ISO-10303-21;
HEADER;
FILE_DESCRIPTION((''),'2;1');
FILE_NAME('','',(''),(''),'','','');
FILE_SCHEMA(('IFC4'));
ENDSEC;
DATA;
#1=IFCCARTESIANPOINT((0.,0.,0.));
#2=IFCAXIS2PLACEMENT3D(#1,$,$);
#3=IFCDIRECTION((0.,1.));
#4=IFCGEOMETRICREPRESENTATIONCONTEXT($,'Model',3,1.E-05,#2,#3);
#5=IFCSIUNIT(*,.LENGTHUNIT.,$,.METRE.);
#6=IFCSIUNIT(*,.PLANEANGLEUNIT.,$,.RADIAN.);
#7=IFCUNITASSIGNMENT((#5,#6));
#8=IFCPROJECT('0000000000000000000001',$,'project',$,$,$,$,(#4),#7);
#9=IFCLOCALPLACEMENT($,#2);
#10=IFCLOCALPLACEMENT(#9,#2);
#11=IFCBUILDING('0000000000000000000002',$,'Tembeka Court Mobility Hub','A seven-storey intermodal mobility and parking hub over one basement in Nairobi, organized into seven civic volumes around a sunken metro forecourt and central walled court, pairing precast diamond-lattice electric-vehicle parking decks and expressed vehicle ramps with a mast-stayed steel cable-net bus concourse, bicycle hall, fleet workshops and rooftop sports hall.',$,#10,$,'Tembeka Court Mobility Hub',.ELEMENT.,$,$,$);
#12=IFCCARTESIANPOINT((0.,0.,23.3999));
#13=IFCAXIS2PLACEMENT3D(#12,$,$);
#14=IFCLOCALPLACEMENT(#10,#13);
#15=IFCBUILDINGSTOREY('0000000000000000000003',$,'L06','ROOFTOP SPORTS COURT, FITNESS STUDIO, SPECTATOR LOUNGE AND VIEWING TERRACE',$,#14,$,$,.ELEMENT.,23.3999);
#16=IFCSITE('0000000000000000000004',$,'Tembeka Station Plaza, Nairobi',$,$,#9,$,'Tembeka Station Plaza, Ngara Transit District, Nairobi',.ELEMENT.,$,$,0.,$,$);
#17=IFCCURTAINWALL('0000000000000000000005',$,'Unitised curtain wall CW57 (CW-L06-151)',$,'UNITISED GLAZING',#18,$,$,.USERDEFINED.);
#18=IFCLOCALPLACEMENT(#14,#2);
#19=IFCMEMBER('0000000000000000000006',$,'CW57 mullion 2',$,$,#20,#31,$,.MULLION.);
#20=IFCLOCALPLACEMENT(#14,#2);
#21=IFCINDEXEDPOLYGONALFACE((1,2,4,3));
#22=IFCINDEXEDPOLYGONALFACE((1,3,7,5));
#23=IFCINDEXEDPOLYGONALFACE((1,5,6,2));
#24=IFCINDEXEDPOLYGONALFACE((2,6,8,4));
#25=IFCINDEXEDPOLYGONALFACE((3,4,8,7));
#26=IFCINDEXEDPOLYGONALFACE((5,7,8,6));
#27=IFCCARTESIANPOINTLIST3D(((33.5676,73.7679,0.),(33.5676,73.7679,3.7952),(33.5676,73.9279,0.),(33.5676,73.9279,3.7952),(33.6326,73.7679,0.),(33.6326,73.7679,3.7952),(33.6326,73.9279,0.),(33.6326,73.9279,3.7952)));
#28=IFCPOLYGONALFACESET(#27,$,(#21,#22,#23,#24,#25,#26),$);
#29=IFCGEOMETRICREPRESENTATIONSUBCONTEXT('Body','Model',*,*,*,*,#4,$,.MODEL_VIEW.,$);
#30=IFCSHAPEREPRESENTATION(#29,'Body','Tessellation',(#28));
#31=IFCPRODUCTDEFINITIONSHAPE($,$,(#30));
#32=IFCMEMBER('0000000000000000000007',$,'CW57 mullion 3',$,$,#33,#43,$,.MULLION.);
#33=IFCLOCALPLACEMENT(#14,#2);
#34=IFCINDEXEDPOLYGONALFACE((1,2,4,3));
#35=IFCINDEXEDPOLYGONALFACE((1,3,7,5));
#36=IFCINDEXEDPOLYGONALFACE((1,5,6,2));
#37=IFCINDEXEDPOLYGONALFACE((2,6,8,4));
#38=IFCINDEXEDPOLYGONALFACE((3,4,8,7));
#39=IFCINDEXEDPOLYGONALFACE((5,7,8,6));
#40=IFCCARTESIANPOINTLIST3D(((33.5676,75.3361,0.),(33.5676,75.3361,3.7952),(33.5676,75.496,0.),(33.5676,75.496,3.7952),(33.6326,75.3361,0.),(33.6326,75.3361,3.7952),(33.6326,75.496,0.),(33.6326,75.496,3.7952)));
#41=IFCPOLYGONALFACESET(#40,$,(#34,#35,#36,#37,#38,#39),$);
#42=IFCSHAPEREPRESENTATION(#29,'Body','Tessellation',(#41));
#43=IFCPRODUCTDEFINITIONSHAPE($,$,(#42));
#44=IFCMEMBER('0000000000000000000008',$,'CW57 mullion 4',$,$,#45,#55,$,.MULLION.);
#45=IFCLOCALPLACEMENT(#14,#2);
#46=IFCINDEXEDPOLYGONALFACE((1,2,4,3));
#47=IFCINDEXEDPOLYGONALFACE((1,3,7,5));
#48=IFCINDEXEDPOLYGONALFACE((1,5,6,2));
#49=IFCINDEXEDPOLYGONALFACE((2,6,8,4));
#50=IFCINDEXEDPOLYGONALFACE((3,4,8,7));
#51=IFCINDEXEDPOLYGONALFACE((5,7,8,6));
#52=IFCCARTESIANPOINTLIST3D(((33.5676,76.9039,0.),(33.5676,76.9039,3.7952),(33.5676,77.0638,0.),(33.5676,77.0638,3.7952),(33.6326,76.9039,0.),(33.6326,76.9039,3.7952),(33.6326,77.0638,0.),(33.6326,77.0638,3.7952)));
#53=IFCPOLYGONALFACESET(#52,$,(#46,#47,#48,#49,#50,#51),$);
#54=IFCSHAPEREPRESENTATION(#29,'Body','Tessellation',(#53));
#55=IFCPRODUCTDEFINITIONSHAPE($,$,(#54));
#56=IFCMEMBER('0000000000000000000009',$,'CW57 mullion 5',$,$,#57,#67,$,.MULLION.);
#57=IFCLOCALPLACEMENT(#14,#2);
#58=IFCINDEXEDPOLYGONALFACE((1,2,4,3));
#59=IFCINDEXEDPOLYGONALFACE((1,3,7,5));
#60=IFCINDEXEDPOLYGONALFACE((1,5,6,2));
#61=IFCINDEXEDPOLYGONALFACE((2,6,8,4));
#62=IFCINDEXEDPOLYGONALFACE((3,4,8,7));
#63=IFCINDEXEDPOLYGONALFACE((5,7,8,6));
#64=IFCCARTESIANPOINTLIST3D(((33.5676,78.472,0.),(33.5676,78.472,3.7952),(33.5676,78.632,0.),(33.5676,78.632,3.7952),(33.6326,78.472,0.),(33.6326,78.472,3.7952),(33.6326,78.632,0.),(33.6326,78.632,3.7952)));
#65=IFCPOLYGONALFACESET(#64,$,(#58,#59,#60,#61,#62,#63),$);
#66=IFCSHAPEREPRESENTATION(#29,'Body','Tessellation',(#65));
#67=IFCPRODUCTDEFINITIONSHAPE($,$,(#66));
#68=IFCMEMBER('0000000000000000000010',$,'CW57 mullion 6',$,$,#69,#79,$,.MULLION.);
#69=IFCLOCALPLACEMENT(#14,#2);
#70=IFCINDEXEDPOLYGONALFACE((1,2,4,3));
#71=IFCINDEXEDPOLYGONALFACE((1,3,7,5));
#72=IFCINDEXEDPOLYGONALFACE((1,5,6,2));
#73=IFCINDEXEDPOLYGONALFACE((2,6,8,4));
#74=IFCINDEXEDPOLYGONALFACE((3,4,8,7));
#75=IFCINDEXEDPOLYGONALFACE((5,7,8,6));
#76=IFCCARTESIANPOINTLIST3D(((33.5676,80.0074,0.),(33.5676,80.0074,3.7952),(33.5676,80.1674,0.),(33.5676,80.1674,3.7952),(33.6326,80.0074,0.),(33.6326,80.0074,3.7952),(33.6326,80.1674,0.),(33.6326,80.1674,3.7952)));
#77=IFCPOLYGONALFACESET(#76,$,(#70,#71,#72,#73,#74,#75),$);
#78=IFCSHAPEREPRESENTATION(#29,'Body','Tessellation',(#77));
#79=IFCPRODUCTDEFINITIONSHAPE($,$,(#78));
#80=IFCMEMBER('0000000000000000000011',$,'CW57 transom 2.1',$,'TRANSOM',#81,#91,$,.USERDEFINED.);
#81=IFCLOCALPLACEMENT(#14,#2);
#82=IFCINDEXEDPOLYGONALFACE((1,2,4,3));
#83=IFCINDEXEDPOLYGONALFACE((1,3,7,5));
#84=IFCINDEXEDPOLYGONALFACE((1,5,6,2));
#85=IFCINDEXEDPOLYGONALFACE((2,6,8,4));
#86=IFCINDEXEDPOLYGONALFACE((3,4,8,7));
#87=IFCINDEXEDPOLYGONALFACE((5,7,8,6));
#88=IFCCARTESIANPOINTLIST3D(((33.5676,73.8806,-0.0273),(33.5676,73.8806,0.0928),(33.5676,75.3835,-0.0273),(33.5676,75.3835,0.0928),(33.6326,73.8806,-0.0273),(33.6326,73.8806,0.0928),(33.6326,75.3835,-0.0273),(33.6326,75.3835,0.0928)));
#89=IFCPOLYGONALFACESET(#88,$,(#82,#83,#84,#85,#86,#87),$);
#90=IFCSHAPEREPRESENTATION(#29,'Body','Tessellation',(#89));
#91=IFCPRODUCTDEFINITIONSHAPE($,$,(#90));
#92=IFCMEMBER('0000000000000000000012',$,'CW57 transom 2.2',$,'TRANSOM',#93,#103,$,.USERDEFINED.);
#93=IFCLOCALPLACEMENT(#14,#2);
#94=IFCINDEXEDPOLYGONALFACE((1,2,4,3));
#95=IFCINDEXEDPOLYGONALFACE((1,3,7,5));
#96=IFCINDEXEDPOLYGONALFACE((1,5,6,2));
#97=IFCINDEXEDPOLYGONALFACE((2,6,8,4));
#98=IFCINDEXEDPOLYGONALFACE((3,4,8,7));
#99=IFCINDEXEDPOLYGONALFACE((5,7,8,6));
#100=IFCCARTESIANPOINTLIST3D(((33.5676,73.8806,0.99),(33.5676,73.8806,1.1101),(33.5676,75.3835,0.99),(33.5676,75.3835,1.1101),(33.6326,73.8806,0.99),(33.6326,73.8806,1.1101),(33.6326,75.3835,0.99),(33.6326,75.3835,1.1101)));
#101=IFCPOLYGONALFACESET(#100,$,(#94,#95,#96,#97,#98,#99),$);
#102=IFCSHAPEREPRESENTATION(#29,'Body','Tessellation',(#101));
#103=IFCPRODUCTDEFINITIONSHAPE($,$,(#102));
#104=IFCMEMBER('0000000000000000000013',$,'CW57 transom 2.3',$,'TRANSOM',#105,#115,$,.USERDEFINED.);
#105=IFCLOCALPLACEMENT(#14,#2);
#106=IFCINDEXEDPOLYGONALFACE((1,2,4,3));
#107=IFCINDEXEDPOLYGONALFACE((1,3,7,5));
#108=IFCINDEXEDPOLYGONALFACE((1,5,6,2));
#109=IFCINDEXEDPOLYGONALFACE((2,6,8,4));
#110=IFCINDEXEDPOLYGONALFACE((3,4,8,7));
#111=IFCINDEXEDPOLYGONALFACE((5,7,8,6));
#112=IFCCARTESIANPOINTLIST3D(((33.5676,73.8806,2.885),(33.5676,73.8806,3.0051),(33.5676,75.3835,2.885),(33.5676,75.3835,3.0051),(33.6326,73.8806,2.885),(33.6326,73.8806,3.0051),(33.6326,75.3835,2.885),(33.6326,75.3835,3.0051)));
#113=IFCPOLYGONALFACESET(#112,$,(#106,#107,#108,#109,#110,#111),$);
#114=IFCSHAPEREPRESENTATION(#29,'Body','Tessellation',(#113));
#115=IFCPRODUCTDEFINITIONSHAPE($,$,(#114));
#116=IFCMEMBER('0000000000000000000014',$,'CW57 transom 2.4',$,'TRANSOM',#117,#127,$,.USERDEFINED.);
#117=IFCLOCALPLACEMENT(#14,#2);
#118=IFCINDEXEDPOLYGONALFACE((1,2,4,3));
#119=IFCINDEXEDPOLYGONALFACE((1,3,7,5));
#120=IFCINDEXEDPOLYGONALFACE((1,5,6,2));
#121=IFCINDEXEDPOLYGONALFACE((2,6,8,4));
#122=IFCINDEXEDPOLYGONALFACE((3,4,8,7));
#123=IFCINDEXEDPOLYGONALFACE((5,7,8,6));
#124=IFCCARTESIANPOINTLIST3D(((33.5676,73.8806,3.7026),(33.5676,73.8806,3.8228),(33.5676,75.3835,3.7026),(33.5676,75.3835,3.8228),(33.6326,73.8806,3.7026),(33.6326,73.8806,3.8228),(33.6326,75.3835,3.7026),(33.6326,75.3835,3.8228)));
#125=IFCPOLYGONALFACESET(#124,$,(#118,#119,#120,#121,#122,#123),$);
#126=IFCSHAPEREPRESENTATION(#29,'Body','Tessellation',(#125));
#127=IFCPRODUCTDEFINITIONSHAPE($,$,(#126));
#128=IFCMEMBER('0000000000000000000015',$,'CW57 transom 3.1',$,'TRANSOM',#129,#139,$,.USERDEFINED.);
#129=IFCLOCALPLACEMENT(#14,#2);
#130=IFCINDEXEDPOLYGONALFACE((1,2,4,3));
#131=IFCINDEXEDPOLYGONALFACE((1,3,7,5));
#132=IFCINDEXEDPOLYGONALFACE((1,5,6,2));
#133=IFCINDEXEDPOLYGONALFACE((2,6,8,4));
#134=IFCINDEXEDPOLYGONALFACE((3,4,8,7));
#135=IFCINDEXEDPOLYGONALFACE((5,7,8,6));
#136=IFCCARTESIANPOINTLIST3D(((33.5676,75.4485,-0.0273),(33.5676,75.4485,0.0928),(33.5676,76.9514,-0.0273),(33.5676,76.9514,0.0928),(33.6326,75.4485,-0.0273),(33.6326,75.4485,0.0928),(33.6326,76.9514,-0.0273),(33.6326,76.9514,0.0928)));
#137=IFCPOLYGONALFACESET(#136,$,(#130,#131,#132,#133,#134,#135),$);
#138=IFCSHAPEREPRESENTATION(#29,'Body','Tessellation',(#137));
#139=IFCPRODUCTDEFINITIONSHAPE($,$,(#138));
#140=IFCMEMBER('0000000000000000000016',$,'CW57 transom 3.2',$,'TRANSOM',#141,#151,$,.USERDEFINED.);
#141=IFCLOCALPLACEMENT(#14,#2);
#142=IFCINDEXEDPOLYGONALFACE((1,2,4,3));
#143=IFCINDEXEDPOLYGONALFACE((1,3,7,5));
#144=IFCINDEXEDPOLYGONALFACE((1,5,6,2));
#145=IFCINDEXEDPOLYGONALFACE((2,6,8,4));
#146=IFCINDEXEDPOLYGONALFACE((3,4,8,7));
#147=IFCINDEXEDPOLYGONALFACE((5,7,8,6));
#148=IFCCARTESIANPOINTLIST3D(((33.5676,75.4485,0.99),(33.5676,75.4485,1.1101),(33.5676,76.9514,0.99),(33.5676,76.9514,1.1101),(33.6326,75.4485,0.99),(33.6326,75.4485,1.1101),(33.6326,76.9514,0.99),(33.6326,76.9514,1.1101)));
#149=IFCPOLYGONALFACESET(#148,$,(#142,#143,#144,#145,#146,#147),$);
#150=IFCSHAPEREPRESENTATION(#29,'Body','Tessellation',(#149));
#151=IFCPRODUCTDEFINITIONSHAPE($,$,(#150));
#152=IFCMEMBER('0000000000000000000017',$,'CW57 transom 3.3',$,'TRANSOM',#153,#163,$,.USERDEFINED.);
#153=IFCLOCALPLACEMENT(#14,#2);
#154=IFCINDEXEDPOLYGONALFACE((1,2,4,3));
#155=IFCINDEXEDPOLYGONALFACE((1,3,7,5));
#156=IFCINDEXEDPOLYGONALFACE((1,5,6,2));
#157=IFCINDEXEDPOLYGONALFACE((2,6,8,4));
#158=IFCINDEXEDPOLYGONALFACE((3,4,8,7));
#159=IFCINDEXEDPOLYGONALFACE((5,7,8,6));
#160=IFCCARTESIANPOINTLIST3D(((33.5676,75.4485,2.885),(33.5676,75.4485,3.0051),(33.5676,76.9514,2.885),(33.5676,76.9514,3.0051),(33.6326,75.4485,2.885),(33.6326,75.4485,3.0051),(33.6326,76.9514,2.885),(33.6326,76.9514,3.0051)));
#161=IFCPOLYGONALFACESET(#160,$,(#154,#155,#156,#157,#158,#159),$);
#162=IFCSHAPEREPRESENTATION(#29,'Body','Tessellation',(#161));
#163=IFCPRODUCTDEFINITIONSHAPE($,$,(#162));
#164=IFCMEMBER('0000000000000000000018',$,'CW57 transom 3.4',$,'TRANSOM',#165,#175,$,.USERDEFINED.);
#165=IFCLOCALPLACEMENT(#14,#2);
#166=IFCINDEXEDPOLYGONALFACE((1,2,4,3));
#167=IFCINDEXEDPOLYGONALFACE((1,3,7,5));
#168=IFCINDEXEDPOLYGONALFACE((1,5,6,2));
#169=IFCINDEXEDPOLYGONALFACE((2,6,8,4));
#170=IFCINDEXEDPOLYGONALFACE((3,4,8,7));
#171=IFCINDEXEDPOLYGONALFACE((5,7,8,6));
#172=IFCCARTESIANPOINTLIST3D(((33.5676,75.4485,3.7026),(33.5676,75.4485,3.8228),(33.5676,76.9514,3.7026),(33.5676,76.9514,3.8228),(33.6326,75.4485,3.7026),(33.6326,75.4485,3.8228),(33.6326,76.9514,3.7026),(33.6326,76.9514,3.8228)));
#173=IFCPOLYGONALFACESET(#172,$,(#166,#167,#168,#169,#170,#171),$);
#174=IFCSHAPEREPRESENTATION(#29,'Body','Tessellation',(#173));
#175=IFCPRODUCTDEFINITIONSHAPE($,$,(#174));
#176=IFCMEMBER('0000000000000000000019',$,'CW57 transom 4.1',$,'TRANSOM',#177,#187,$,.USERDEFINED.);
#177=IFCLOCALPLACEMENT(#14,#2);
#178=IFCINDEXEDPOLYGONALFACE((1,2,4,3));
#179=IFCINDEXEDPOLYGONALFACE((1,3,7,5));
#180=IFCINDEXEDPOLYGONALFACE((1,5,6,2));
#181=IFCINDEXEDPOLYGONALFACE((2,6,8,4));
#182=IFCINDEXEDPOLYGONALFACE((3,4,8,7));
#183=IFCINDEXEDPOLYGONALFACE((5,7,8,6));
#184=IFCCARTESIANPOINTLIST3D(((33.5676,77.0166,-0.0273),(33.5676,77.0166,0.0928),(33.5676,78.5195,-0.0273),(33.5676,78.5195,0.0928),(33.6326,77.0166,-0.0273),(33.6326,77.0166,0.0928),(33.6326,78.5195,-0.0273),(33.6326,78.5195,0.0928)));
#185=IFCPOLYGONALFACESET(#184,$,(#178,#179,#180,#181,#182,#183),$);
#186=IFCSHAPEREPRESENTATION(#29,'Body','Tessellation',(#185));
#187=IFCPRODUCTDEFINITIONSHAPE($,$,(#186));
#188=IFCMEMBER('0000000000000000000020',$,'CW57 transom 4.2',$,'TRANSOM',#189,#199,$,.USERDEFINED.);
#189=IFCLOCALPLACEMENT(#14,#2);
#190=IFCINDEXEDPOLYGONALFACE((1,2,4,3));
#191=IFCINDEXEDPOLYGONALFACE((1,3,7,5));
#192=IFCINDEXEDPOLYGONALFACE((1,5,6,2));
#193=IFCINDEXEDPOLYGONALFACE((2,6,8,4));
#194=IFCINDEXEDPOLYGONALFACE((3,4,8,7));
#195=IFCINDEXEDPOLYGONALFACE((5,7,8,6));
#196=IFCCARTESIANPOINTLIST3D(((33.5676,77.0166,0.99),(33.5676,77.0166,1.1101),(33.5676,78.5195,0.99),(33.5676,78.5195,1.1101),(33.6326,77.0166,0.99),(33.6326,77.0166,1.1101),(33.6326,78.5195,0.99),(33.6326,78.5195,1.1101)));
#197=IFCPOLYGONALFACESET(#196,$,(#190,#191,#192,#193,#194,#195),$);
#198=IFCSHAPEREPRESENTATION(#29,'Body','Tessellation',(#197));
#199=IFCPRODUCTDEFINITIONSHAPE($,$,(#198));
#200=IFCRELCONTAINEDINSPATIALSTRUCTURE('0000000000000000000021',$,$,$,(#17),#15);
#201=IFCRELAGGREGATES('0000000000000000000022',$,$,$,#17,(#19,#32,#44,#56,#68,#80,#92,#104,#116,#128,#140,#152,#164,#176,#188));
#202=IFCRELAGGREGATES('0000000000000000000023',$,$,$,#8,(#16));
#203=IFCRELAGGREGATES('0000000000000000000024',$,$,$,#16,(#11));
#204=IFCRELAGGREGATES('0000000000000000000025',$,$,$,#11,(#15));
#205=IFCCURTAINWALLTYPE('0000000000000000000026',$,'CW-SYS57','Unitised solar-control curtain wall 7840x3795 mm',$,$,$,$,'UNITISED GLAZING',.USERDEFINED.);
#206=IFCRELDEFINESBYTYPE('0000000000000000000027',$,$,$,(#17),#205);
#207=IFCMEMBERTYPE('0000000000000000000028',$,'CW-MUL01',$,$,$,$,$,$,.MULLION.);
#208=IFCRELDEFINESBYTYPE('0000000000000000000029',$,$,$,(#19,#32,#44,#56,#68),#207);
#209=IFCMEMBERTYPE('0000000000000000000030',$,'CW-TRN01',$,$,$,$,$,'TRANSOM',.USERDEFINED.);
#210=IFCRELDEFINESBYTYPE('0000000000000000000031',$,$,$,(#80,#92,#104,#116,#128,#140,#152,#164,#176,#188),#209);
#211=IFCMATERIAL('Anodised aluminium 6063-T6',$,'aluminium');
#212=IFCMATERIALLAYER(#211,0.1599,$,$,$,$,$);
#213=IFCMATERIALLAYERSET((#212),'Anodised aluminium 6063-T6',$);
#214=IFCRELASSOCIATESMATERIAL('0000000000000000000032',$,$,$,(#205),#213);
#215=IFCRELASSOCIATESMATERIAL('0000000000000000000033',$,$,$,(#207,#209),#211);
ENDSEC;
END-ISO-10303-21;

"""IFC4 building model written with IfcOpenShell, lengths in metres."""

from ifc_helpers import new_model, si_unit, direction, frame, origin, origin_2d, place, context, subcontext, project, spatial, rectangle, extrude, material, layer, layer_set, material_profile, profile_set, type_object, element, aggregate, save


model = new_model("IFC4")

# Units and contexts
model_context = context("Model", 3, precision=1e-05, world=origin(), true_north=direction((0.0, 1.0)))
body_context = subcontext(model_context, "Body", "Model", "MODEL_VIEW")
ifc_project = project(units=[si_unit("LENGTHUNIT", "METRE"), si_unit("PLANEANGLEUNIT", "RADIAN")], contexts=[model_context])

# Site, building, storey
site_placement = place(None, origin())
site = spatial("IfcSite", under=ifc_project, at=site_placement, Name="Tembeka Station Plaza, Nairobi", LongName="Tembeka Station Plaza, Ngara Transit District, Nairobi", CompositionType="ELEMENT", RefElevation=0.0)
building_placement = place(site_placement, origin())
building = spatial("IfcBuilding", under=site, at=building_placement, Name="Tembeka Court Mobility Hub", Description="A seven-storey intermodal mobility and parking hub over one basement in Nairobi, organized into seven civic volumes around a sunken metro forecourt and central walled court, pairing precast diamond-lattice electric-vehicle parking decks and expressed vehicle ramps with a mast-stayed steel cable-net bus concourse, bicycle hall, fleet workshops and rooftop sports hall.", LongName="Tembeka Court Mobility Hub", CompositionType="ELEMENT")
storey_placement = place(building_placement, frame((0.0, 0.0, 23.3999)))
storey = spatial("IfcBuildingStorey", under=building, at=storey_placement, Name="L06", Description="ROOFTOP SPORTS COURT, FITNESS STUDIO, SPECTATOR LOUNGE AND VIEWING TERRACE", CompositionType="ELEMENT", Elevation=23.3999)

# Curtain wall, members
ifc_material_1 = material(Name="Anodised aluminium 6063-T6", Category="aluminium")
ifc_layer_1 = layer(ifc_material_1, 0.1599)
ifc_layer_set_1 = layer_set([ifc_layer_1], Name="Anodised aluminium 6063-T6")
curtain_wall_type = type_object("IfcCurtainWallType", Name="CW-SYS57", Description="Unitised solar-control curtain wall 7840x3795 mm", ElementType="UNITISED GLAZING", PredefinedType="USERDEFINED", material=ifc_layer_set_1)
curtain_wall_placement = place(storey_placement, origin())
curtain_wall = element("IfcCurtainWall", 1, at=curtain_wall_placement, inside=storey, type_object=curtain_wall_type, Name="Unitised curtain wall CW57 (CW-L06-151)", ObjectType="UNITISED GLAZING", PredefinedType="USERDEFINED")
ifc_material_profile_1 = material_profile(ifc_material_1, rectangle(XDim=0.0649, YDim=0.1599, at=origin_2d()), Name="ALU-MUL 65x160")
ifc_profile_set_1 = profile_set([ifc_material_profile_1], Name="Anodised aluminium 6063-T6")
member_type_1 = type_object("IfcMemberType", Name="CW-MUL01", PredefinedType="MULLION", material=ifc_profile_set_1)
member_1_placement = place(storey_placement, frame((33.6001, 73.8479, 0.0), z_axis=(0.0, 0.0, 1.0), x_axis=(-1.0, 0.0, 0.0)))
member_1 = element("IfcMember", 2, at=member_1_placement, type_object=member_type_1, Name="CW57 mullion 2", PredefinedType="MULLION", context=body_context, shape_type="SweptSolid", body=[
    extrude(rectangle(XDim=0.0649, YDim=0.1599, at=origin_2d()), origin(), (0.0, 0.0, 1.0), 3.7952),
])
member_2_placement = place(storey_placement, frame((33.6001, 75.416, 0.0), z_axis=(0.0, 0.0, 1.0), x_axis=(-1.0, 0.0, 0.0)))
member_2 = element("IfcMember", 3, at=member_2_placement, type_object=member_type_1, Name="CW57 mullion 3", PredefinedType="MULLION", context=body_context, shape_type="SweptSolid", body=[
    extrude(rectangle(XDim=0.0649, YDim=0.1599, at=origin_2d()), origin(), (0.0, 0.0, 1.0), 3.7952),
])
member_3_placement = place(storey_placement, frame((33.6001, 76.9839, 0.0), z_axis=(0.0, 0.0, 1.0), x_axis=(-1.0, 0.0, 0.0)))
member_3 = element("IfcMember", 4, at=member_3_placement, type_object=member_type_1, Name="CW57 mullion 4", PredefinedType="MULLION", context=body_context, shape_type="SweptSolid", body=[
    extrude(rectangle(XDim=0.0649, YDim=0.1599, at=origin_2d()), origin(), (0.0, 0.0, 1.0), 3.7952),
])
member_4_placement = place(storey_placement, frame((33.6001, 78.552, 0.0), z_axis=(0.0, 0.0, 1.0), x_axis=(-1.0, 0.0, 0.0)))
member_4 = element("IfcMember", 5, at=member_4_placement, type_object=member_type_1, Name="CW57 mullion 5", PredefinedType="MULLION", context=body_context, shape_type="SweptSolid", body=[
    extrude(rectangle(XDim=0.0649, YDim=0.1599, at=origin_2d()), origin(), (0.0, 0.0, 1.0), 3.7952),
])
member_5_placement = place(storey_placement, frame((33.6001, 80.0874, 0.0), z_axis=(0.0, 0.0, 1.0), x_axis=(-1.0, 0.0, 0.0)))
member_5 = element("IfcMember", 6, at=member_5_placement, type_object=member_type_1, Name="CW57 mullion 6", PredefinedType="MULLION", context=body_context, shape_type="SweptSolid", body=[
    extrude(rectangle(XDim=0.0649, YDim=0.1599, at=origin_2d()), origin(), (0.0, 0.0, 1.0), 3.7952),
])
ifc_material_profile_2 = material_profile(ifc_material_1, rectangle(XDim=0.0649, YDim=0.1201, at=origin_2d()), Name="ALU-TRN 65x120")
ifc_profile_set_2 = profile_set([ifc_material_profile_2], Name="Anodised aluminium 6063-T6")
member_type_2 = type_object("IfcMemberType", Name="CW-TRN01", ElementType="TRANSOM", PredefinedType="USERDEFINED", material=ifc_profile_set_2)
member_6_placement = place(storey_placement, frame((33.6001, 73.8806, 0.0327), z_axis=(0.0, 1.0, 0.0), x_axis=(-1.0, 0.0, 0.0)))
member_6 = element("IfcMember", 7, at=member_6_placement, type_object=member_type_2, Name="CW57 transom 2.1", ObjectType="TRANSOM", PredefinedType="USERDEFINED", context=body_context, shape_type="SweptSolid", body=[
    extrude(rectangle(XDim=0.0649, YDim=0.1201, at=origin_2d()), origin(), (0.0, 0.0, 1.0), 1.5029),
])
member_7_placement = place(storey_placement, frame((33.6001, 73.8806, 1.05), z_axis=(0.0, 1.0, 0.0), x_axis=(-1.0, 0.0, 0.0)))
member_7 = element("IfcMember", 8, at=member_7_placement, type_object=member_type_2, Name="CW57 transom 2.2", ObjectType="TRANSOM", PredefinedType="USERDEFINED", context=body_context, shape_type="SweptSolid", body=[
    extrude(rectangle(XDim=0.0649, YDim=0.1201, at=origin_2d()), origin(), (0.0, 0.0, 1.0), 1.5029),
])
member_8_placement = place(storey_placement, frame((33.6001, 73.8806, 2.9451), z_axis=(0.0, 1.0, 0.0), x_axis=(-1.0, 0.0, 0.0)))
member_8 = element("IfcMember", 9, at=member_8_placement, type_object=member_type_2, Name="CW57 transom 2.3", ObjectType="TRANSOM", PredefinedType="USERDEFINED", context=body_context, shape_type="SweptSolid", body=[
    extrude(rectangle(XDim=0.0649, YDim=0.1201, at=origin_2d()), origin(), (0.0, 0.0, 1.0), 1.5029),
])
member_9_placement = place(storey_placement, frame((33.6001, 73.8806, 3.7627), z_axis=(0.0, 1.0, 0.0), x_axis=(-1.0, 0.0, 0.0)))
member_9 = element("IfcMember", 10, at=member_9_placement, type_object=member_type_2, Name="CW57 transom 2.4", ObjectType="TRANSOM", PredefinedType="USERDEFINED", context=body_context, shape_type="SweptSolid", body=[
    extrude(rectangle(XDim=0.0649, YDim=0.1201, at=origin_2d()), origin(), (0.0, 0.0, 1.0), 1.5029),
])
member_10_placement = place(storey_placement, frame((33.6001, 75.4485, 0.0327), z_axis=(0.0, 1.0, 0.0), x_axis=(-1.0, 0.0, 0.0)))
member_10 = element("IfcMember", 11, at=member_10_placement, type_object=member_type_2, Name="CW57 transom 3.1", ObjectType="TRANSOM", PredefinedType="USERDEFINED", context=body_context, shape_type="SweptSolid", body=[
    extrude(rectangle(XDim=0.0649, YDim=0.1201, at=origin_2d()), origin(), (0.0, 0.0, 1.0), 1.5029),
])
member_11_placement = place(storey_placement, frame((33.6001, 75.4485, 1.05), z_axis=(0.0, 1.0, 0.0), x_axis=(-1.0, 0.0, 0.0)))
member_11 = element("IfcMember", 12, at=member_11_placement, type_object=member_type_2, Name="CW57 transom 3.2", ObjectType="TRANSOM", PredefinedType="USERDEFINED", context=body_context, shape_type="SweptSolid", body=[
    extrude(rectangle(XDim=0.0649, YDim=0.1201, at=origin_2d()), origin(), (0.0, 0.0, 1.0), 1.5029),
])
member_12_placement = place(storey_placement, frame((33.6001, 75.4485, 2.9451), z_axis=(0.0, 1.0, 0.0), x_axis=(-1.0, 0.0, 0.0)))
member_12 = element("IfcMember", 13, at=member_12_placement, type_object=member_type_2, Name="CW57 transom 3.3", ObjectType="TRANSOM", PredefinedType="USERDEFINED", context=body_context, shape_type="SweptSolid", body=[
    extrude(rectangle(XDim=0.0649, YDim=0.1201, at=origin_2d()), origin(), (0.0, 0.0, 1.0), 1.5029),
])
member_13_placement = place(storey_placement, frame((33.6001, 75.4485, 3.7627), z_axis=(0.0, 1.0, 0.0), x_axis=(-1.0, 0.0, 0.0)))
member_13 = element("IfcMember", 14, at=member_13_placement, type_object=member_type_2, Name="CW57 transom 3.4", ObjectType="TRANSOM", PredefinedType="USERDEFINED", context=body_context, shape_type="SweptSolid", body=[
    extrude(rectangle(XDim=0.0649, YDim=0.1201, at=origin_2d()), origin(), (0.0, 0.0, 1.0), 1.5029),
])
member_14_placement = place(storey_placement, frame((33.6001, 77.0166, 0.0327), z_axis=(0.0, 1.0, 0.0), x_axis=(-1.0, 0.0, 0.0)))
member_14 = element("IfcMember", 15, at=member_14_placement, type_object=member_type_2, Name="CW57 transom 4.1", ObjectType="TRANSOM", PredefinedType="USERDEFINED", context=body_context, shape_type="SweptSolid", body=[
    extrude(rectangle(XDim=0.0649, YDim=0.1201, at=origin_2d()), origin(), (0.0, 0.0, 1.0), 1.5029),
])
member_15_placement = place(storey_placement, frame((33.6001, 77.0166, 1.05), z_axis=(0.0, 1.0, 0.0), x_axis=(-1.0, 0.0, 0.0)))
member_15 = element("IfcMember", 16, at=member_15_placement, type_object=member_type_2, Name="CW57 transom 4.2", ObjectType="TRANSOM", PredefinedType="USERDEFINED", context=body_context, shape_type="SweptSolid", body=[
    extrude(rectangle(XDim=0.0649, YDim=0.1201, at=origin_2d()), origin(), (0.0, 0.0, 1.0), 1.5029),
])
aggregate(curtain_wall, [member_1, member_2, member_3, member_4, member_5, member_6, member_7, member_8, member_9, member_10, member_11, member_12, member_13, member_14, member_15])

save(model, "model.ifc")
